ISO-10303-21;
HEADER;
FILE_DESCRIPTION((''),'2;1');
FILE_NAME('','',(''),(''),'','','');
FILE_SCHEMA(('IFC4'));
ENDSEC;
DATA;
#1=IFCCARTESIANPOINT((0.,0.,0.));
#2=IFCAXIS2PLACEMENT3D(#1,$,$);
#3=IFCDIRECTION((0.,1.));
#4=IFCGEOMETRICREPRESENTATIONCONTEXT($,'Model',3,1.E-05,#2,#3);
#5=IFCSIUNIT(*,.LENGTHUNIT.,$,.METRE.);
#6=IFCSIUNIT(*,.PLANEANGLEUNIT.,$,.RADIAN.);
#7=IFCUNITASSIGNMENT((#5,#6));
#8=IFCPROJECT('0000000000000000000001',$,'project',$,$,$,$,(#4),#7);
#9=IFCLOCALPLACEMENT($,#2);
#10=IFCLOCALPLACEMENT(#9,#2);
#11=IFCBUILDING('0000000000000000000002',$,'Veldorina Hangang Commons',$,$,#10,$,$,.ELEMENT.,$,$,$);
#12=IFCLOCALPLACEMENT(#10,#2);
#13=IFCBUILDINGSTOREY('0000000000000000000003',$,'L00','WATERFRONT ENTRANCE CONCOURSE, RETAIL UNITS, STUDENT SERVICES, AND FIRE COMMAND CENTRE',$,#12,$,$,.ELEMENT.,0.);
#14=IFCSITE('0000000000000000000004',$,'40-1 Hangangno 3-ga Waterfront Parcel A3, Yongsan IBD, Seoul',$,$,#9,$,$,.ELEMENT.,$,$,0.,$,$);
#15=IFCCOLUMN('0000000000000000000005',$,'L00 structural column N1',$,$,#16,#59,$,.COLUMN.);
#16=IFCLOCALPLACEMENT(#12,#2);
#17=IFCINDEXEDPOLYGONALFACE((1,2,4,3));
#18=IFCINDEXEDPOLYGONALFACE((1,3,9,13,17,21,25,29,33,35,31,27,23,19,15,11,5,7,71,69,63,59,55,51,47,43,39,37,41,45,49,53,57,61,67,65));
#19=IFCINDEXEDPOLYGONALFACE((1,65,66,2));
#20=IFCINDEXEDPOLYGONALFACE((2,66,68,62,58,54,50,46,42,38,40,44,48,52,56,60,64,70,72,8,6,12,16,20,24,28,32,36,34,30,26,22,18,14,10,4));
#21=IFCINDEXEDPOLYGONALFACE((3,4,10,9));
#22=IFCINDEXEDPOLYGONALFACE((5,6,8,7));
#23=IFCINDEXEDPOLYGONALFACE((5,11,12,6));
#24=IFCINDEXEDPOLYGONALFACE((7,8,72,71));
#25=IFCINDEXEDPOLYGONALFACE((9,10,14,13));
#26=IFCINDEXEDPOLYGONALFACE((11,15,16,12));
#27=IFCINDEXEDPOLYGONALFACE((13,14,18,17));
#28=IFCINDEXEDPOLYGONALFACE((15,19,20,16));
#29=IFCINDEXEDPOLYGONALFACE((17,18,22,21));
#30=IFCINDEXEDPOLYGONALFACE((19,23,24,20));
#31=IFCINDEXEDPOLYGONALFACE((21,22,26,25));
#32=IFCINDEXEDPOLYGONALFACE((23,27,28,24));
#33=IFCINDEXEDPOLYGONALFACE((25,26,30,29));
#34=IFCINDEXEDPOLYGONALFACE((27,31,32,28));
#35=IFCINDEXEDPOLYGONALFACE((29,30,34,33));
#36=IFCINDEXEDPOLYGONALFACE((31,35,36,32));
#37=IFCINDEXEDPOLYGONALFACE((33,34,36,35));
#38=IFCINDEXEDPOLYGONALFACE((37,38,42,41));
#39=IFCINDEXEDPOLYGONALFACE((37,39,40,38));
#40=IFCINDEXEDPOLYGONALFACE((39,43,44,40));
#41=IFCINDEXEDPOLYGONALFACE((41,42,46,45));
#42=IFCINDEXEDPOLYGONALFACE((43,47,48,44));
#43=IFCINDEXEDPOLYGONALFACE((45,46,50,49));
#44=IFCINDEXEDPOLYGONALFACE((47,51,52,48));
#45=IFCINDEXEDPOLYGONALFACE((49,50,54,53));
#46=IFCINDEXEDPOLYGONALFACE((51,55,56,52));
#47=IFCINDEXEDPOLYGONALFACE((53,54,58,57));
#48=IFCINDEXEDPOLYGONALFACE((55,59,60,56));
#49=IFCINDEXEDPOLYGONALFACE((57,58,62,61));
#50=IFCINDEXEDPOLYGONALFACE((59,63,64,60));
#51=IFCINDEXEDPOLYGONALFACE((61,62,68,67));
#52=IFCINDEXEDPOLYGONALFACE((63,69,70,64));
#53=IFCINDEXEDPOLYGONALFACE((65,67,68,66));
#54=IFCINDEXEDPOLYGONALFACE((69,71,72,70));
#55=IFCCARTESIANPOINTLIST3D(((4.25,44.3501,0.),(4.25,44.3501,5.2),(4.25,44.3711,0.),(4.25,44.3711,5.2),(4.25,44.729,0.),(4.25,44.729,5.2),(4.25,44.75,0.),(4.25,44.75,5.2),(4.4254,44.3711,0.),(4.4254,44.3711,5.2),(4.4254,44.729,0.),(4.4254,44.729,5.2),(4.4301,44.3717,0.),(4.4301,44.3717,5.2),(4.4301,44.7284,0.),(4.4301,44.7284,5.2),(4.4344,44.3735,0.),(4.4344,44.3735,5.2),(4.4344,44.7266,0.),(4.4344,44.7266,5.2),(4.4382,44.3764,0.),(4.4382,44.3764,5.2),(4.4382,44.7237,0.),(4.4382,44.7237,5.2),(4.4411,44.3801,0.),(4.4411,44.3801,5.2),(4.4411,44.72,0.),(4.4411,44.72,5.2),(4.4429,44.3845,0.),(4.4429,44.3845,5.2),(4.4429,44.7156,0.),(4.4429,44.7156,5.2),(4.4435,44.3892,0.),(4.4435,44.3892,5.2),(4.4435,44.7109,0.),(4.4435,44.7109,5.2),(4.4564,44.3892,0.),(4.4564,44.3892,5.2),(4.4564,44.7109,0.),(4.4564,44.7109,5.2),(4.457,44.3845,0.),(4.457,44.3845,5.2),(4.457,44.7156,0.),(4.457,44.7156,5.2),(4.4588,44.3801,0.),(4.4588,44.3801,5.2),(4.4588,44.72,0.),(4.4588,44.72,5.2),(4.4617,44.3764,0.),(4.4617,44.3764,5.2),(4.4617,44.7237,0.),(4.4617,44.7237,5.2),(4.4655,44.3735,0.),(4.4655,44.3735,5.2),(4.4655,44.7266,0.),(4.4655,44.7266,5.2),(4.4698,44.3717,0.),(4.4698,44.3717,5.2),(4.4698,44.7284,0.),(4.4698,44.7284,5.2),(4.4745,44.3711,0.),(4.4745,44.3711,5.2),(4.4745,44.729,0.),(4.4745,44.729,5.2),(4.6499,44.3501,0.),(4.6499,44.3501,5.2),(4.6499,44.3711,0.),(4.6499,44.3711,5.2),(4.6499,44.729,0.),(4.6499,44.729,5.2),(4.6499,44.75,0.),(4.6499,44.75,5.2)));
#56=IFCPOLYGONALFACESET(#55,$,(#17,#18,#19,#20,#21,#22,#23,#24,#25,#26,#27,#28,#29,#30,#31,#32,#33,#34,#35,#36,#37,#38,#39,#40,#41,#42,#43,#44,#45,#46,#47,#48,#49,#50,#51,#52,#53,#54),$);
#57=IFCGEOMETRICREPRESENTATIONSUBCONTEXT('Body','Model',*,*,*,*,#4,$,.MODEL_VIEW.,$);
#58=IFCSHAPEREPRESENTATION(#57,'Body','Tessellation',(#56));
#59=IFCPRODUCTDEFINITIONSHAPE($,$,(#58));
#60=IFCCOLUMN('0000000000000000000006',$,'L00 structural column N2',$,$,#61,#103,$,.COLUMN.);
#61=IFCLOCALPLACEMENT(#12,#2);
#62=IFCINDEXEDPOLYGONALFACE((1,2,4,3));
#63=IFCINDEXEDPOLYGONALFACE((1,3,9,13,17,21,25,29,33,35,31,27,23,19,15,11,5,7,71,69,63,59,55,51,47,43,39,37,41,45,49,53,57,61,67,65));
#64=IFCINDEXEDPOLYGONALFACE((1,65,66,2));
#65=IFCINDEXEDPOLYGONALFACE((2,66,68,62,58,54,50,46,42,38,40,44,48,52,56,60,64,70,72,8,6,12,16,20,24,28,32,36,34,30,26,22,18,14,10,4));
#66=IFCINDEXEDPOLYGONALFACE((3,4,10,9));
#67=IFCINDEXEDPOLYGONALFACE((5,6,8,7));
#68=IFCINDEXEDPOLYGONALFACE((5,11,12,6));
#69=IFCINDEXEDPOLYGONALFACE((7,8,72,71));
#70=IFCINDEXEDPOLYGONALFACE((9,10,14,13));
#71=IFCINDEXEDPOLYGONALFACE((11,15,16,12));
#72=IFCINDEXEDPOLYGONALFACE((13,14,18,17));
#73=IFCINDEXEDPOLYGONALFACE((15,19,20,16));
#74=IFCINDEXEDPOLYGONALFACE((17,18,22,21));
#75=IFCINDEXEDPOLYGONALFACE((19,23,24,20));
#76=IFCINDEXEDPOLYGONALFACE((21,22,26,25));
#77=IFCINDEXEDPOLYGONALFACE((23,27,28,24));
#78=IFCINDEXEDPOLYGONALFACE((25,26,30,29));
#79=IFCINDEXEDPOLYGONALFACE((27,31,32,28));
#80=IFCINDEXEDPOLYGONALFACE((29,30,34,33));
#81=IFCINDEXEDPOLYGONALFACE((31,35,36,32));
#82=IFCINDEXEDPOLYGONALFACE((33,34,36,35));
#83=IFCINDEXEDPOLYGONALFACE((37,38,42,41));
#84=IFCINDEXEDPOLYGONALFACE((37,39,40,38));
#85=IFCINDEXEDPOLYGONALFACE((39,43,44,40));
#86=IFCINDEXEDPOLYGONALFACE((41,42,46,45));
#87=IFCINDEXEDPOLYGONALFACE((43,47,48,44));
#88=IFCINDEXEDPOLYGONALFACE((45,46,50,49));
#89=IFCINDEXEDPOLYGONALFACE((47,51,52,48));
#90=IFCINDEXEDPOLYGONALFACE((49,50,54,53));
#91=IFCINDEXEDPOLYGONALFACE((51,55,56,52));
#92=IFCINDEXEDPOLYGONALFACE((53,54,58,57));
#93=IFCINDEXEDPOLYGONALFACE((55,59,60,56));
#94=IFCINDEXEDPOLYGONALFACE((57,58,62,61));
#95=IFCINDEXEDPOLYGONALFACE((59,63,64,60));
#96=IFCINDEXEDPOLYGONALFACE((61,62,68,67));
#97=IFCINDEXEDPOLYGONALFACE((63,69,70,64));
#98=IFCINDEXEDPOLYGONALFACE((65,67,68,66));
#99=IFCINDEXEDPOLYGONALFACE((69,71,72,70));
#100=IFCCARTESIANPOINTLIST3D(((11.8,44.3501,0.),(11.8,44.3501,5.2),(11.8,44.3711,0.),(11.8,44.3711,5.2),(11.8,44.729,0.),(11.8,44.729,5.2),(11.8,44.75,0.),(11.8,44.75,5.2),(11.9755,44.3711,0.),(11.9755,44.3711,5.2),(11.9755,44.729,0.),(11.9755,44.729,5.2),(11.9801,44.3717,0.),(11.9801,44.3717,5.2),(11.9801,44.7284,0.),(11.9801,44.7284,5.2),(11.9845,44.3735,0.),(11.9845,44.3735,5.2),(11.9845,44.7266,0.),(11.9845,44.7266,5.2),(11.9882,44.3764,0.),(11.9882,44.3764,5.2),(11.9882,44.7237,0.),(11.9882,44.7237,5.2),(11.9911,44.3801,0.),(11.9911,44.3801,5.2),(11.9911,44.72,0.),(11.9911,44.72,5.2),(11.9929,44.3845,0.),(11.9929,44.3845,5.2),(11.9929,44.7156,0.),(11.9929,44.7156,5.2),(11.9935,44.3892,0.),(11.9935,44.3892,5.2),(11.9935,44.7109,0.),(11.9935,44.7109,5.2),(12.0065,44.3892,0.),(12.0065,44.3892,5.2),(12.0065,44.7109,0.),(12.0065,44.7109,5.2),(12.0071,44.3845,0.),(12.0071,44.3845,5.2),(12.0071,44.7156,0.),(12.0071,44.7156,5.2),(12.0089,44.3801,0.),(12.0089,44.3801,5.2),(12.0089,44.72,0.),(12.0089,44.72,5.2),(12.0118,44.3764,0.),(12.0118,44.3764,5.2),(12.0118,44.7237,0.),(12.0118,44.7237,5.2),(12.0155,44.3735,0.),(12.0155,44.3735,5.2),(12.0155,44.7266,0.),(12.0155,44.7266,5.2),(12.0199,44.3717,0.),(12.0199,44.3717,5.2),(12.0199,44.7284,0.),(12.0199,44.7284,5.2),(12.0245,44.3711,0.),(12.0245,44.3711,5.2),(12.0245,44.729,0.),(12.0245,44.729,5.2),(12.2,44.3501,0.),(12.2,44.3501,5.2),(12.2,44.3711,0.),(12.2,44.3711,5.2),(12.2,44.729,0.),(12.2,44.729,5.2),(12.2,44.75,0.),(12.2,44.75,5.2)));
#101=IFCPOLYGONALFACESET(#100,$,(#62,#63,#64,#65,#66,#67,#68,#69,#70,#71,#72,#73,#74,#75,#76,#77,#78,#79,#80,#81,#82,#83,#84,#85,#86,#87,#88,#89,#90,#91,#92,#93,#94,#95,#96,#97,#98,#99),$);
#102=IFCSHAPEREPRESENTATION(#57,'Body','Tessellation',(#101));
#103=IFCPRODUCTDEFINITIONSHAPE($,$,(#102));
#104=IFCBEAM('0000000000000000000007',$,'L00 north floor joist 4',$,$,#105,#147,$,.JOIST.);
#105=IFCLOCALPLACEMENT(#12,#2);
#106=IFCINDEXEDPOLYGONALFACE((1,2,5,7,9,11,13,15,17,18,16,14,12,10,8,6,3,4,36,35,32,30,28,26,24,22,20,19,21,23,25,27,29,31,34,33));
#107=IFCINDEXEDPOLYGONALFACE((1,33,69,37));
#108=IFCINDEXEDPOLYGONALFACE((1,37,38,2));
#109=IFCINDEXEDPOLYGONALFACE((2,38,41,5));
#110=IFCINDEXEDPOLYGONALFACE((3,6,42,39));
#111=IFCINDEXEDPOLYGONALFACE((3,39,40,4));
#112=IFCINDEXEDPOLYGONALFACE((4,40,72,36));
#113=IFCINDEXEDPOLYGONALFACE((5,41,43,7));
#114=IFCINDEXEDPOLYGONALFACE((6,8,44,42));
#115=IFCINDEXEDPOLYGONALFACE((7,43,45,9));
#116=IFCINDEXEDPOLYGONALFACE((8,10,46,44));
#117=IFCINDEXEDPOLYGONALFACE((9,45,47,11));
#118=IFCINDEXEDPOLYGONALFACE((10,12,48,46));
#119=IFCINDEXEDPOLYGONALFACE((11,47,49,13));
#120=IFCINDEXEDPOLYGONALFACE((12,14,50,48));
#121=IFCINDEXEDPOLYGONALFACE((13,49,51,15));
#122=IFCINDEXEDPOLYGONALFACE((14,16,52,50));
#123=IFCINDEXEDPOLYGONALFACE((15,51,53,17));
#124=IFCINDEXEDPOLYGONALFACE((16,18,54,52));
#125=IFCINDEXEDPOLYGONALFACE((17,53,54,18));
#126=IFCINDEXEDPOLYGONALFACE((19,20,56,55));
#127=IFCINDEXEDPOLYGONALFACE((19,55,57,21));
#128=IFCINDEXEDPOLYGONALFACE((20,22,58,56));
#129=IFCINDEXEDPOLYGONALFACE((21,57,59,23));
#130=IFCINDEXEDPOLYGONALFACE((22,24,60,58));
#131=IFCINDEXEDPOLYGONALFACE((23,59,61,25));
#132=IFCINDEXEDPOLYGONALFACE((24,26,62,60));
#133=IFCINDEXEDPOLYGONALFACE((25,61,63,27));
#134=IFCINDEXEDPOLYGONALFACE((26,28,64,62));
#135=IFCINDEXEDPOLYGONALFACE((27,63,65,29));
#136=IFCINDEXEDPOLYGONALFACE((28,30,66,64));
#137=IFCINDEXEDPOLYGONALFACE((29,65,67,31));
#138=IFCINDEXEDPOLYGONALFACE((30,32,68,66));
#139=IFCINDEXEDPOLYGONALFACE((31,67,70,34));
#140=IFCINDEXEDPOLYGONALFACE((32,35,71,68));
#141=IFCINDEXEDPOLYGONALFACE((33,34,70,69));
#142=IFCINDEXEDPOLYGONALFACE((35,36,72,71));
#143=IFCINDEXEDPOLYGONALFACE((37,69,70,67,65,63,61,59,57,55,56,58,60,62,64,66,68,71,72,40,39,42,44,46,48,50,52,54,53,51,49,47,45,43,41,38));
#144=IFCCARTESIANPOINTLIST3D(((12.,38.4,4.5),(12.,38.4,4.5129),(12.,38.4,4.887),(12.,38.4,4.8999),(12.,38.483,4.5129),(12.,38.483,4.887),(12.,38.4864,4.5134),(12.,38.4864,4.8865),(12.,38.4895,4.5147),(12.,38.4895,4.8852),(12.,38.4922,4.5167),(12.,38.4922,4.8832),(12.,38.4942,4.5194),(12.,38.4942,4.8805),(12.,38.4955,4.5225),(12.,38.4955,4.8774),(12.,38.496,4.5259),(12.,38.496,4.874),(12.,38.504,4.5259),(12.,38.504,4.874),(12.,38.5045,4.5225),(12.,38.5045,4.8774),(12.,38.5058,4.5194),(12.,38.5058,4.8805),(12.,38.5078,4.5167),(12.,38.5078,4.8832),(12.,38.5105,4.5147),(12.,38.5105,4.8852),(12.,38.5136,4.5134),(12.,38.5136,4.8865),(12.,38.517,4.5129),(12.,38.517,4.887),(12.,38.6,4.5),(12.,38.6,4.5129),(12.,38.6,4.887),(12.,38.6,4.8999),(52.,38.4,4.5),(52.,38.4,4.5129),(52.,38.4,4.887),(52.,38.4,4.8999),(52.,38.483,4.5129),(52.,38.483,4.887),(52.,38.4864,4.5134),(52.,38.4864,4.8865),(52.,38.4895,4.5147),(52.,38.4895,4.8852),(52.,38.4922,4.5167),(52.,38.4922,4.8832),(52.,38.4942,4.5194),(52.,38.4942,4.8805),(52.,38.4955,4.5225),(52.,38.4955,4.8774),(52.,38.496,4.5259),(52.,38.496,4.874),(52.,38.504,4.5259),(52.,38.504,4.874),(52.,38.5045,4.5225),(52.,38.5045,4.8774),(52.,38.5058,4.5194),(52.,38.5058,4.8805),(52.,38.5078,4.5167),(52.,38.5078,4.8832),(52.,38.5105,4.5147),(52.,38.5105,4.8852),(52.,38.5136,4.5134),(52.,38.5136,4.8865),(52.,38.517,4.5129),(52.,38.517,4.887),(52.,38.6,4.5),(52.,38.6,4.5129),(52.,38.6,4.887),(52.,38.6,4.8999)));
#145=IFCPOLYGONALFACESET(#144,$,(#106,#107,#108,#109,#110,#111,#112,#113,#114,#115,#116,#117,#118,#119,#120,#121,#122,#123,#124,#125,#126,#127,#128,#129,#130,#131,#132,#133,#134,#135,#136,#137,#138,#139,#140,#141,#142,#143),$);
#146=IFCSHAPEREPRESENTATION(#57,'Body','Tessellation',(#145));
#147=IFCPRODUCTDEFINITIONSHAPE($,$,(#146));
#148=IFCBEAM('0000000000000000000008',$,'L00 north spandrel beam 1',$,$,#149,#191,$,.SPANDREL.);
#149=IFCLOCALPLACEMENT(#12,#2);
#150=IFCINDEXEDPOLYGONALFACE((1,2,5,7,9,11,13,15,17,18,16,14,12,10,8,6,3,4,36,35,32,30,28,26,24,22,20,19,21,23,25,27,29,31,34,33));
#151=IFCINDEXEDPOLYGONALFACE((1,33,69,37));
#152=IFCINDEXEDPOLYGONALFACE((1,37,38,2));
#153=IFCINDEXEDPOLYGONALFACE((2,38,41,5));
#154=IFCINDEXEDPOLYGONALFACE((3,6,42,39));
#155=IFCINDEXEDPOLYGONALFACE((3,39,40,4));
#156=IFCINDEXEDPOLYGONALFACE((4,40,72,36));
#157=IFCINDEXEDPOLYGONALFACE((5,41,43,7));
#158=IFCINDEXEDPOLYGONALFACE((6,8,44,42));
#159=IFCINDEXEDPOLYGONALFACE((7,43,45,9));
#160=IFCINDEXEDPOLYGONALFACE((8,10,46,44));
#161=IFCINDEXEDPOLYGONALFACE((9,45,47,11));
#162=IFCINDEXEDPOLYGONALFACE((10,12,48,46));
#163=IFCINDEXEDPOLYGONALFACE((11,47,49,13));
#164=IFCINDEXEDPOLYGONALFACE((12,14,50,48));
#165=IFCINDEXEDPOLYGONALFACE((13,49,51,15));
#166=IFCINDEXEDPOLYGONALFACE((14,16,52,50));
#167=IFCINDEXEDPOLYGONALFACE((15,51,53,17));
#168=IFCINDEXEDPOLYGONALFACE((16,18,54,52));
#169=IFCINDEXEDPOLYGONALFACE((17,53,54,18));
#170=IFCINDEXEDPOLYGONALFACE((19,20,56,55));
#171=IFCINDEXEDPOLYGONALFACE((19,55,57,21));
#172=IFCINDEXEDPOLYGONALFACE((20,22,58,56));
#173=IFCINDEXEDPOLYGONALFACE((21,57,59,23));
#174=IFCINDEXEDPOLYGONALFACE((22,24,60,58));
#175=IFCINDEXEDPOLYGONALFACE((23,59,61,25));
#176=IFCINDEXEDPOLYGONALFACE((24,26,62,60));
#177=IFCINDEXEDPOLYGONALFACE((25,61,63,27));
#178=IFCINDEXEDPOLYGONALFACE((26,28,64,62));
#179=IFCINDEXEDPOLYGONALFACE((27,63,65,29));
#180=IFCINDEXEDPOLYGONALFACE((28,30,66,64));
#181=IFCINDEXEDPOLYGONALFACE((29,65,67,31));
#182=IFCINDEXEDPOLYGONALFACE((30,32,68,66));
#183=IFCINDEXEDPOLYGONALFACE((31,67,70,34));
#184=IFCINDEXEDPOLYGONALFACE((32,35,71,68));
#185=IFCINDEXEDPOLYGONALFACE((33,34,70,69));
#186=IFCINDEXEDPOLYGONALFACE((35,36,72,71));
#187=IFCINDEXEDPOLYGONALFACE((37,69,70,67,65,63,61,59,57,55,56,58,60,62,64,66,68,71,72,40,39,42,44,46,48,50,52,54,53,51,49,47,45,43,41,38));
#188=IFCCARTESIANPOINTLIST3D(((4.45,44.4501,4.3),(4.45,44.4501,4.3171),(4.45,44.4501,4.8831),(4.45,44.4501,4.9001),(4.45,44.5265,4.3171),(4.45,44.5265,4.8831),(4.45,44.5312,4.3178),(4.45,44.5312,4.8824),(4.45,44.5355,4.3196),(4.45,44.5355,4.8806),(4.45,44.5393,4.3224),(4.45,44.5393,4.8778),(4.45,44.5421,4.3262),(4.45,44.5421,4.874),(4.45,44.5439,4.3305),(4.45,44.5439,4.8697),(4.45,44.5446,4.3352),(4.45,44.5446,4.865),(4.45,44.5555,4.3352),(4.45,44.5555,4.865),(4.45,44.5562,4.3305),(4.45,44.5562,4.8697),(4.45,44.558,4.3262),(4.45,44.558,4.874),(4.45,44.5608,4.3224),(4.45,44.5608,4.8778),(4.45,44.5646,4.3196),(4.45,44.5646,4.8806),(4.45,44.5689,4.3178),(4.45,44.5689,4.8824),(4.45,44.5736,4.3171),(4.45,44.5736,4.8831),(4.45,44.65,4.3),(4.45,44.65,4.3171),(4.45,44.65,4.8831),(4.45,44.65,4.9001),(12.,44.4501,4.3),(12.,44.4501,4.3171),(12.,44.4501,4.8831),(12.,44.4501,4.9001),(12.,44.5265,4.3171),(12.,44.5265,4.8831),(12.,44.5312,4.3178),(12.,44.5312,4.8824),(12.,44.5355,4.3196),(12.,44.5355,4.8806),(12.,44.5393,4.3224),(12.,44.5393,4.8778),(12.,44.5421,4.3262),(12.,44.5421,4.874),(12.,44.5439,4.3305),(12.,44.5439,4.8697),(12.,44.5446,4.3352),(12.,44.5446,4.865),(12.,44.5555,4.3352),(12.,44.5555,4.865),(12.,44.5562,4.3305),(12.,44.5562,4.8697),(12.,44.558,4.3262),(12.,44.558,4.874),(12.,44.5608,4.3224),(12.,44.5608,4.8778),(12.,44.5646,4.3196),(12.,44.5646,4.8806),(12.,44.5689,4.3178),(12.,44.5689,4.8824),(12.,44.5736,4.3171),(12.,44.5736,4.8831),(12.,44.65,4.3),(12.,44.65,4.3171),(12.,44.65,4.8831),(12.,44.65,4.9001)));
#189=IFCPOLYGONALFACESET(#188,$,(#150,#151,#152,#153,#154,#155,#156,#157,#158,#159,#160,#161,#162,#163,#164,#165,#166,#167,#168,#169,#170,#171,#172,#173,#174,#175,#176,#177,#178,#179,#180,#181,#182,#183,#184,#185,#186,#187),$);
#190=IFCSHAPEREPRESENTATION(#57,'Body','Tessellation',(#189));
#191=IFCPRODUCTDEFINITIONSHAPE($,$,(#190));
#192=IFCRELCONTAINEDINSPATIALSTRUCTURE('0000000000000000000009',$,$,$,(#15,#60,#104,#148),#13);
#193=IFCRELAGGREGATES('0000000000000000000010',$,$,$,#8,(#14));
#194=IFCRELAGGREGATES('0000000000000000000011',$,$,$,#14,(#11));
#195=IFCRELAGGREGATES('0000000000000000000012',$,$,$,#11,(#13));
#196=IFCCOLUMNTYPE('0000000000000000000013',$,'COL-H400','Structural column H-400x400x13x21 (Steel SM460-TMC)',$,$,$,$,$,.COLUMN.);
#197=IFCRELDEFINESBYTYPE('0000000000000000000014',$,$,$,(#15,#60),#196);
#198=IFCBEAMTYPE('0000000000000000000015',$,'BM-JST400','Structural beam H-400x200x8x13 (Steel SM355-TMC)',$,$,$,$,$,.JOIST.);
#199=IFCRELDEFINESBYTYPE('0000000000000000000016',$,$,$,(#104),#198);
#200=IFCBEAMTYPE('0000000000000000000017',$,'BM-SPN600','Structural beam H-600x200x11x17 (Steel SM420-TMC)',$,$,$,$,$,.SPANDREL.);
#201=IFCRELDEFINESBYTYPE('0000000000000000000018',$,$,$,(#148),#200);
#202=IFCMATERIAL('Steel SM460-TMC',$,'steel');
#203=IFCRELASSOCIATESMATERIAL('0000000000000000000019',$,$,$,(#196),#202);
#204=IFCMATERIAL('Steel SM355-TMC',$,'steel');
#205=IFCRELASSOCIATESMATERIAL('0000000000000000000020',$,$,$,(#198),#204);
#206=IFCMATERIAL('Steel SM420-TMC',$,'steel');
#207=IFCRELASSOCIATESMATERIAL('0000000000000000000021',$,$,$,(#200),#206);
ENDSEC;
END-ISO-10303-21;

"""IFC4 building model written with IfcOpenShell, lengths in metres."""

from ifc_helpers import new_model, si_unit, direction, frame, origin, origin_2d, place, context, subcontext, project, spatial, i_section, extrude, material, material_profile, profile_set, type_object, element, save


model = new_model("IFC4")

# Units and contexts
model_context = context("Model", 3, precision=1e-05, world=origin(), true_north=direction((0.0, 1.0)))
body_context = subcontext(model_context, "Body", "Model", "MODEL_VIEW")
ifc_project = project(units=[si_unit("LENGTHUNIT", "METRE"), si_unit("PLANEANGLEUNIT", "RADIAN")], contexts=[model_context])

# Site, building, storey
site_placement = place(None, origin())
site = spatial("IfcSite", under=ifc_project, at=site_placement, Name="40-1 Hangangno 3-ga Waterfront Parcel A3, Yongsan IBD, Seoul", CompositionType="ELEMENT", RefElevation=0.0)
building_placement = place(site_placement, origin())
building = spatial("IfcBuilding", under=site, at=building_placement, Name="Veldorina Hangang Commons", CompositionType="ELEMENT")
storey_placement = place(building_placement, origin())
storey = spatial("IfcBuildingStorey", under=building, at=storey_placement, Name="L00", Description="WATERFRONT ENTRANCE CONCOURSE, RETAIL UNITS, STUDENT SERVICES, AND FIRE COMMAND CENTRE", CompositionType="ELEMENT", Elevation=0.0)

# Columns
ifc_material_1 = material(Name="Steel SM460-TMC", Category="steel")
ifc_material_profile_1 = material_profile(ifc_material_1, i_section(OverallWidth=0.3999, OverallDepth=0.3999, WebThickness=0.0129, FlangeThickness=0.021, FilletRadius=0.0181, at=origin_2d()), Name="H-400x400x13x21")
ifc_profile_set_1 = profile_set([ifc_material_profile_1], Name="Steel SM460-TMC")
column_type = type_object("IfcColumnType", Name="COL-H400", Description="Structural column H-400x400x13x21 (Steel SM460-TMC)", PredefinedType="COLUMN", material=ifc_profile_set_1)
for number, where, z_axis, x_axis, name in (
    (1, (4.45, 44.55, 0.0), (0.0, 0.0, 1.0), (1.0, 0.0, 0.0), "L00 structural column N1"),
    (2, (12.0, 44.55, 0.0), (0.0, 0.0, 1.0), (1.0, 0.0, 0.0), "L00 structural column N2"),
):
    element("IfcColumn", number, at=place(storey_placement, frame(where, z_axis=z_axis, x_axis=x_axis)), inside=storey, type_object=column_type, Name=name, PredefinedType="COLUMN", context=body_context, shape_type="SweptSolid", body=[
        extrude(i_section(OverallWidth=0.3999, OverallDepth=0.3999, WebThickness=0.0129, FlangeThickness=0.021, FilletRadius=0.0181, at=origin_2d()), origin(), (0.0, 0.0, 1.0), 5.2),
    ])

# Beams
ifc_material_2 = material(Name="Steel SM355-TMC", Category="steel")
ifc_material_profile_2 = material_profile(ifc_material_2, i_section(OverallWidth=0.2, OverallDepth=0.3999, WebThickness=0.0081, FlangeThickness=0.0129, FilletRadius=0.0129, at=origin_2d()), Name="H-400x200x8x13")
ifc_profile_set_2 = profile_set([ifc_material_profile_2], Name="Steel SM355-TMC")
beam_type_1 = type_object("IfcBeamType", Name="BM-JST400", Description="Structural beam H-400x200x8x13 (Steel SM355-TMC)", PredefinedType="JOIST", material=ifc_profile_set_2)
beam_1_placement = place(storey_placement, frame((12.0, 38.5, 4.7), z_axis=(1.0, 0.0, 0.0), x_axis=(0.0, 1.0, 0.0)))
element("IfcBeam", 3, at=beam_1_placement, inside=storey, type_object=beam_type_1, Name="L00 north floor joist 4", PredefinedType="JOIST", context=body_context, shape_type="SweptSolid", body=[
    extrude(i_section(OverallWidth=0.2, OverallDepth=0.3999, WebThickness=0.0081, FlangeThickness=0.0129, FilletRadius=0.0129, at=origin_2d()), origin(), (0.0, 0.0, 1.0), 40.0),
])
ifc_material_3 = material(Name="Steel SM420-TMC", Category="steel")
ifc_material_profile_3 = material_profile(ifc_material_3, i_section(OverallWidth=0.2, OverallDepth=0.6001, WebThickness=0.011, FlangeThickness=0.0171, FilletRadius=0.0181, at=origin_2d()), Name="H-600x200x11x17")
ifc_profile_set_3 = profile_set([ifc_material_profile_3], Name="Steel SM420-TMC")
beam_type_2 = type_object("IfcBeamType", Name="BM-SPN600", Description="Structural beam H-600x200x11x17 (Steel SM420-TMC)", PredefinedType="SPANDREL", material=ifc_profile_set_3)
beam_2_placement = place(storey_placement, frame((4.45, 44.55, 4.6001), z_axis=(1.0, 0.0, 0.0), x_axis=(0.0, 1.0, 0.0)))
element("IfcBeam", 4, at=beam_2_placement, inside=storey, type_object=beam_type_2, Name="L00 north spandrel beam 1", PredefinedType="SPANDREL", context=body_context, shape_type="SweptSolid", body=[
    extrude(i_section(OverallWidth=0.2, OverallDepth=0.6001, WebThickness=0.011, FlangeThickness=0.0171, FilletRadius=0.0181, at=origin_2d()), origin(), (0.0, 0.0, 1.0), 7.55),
])

save(model, "model.ifc")
